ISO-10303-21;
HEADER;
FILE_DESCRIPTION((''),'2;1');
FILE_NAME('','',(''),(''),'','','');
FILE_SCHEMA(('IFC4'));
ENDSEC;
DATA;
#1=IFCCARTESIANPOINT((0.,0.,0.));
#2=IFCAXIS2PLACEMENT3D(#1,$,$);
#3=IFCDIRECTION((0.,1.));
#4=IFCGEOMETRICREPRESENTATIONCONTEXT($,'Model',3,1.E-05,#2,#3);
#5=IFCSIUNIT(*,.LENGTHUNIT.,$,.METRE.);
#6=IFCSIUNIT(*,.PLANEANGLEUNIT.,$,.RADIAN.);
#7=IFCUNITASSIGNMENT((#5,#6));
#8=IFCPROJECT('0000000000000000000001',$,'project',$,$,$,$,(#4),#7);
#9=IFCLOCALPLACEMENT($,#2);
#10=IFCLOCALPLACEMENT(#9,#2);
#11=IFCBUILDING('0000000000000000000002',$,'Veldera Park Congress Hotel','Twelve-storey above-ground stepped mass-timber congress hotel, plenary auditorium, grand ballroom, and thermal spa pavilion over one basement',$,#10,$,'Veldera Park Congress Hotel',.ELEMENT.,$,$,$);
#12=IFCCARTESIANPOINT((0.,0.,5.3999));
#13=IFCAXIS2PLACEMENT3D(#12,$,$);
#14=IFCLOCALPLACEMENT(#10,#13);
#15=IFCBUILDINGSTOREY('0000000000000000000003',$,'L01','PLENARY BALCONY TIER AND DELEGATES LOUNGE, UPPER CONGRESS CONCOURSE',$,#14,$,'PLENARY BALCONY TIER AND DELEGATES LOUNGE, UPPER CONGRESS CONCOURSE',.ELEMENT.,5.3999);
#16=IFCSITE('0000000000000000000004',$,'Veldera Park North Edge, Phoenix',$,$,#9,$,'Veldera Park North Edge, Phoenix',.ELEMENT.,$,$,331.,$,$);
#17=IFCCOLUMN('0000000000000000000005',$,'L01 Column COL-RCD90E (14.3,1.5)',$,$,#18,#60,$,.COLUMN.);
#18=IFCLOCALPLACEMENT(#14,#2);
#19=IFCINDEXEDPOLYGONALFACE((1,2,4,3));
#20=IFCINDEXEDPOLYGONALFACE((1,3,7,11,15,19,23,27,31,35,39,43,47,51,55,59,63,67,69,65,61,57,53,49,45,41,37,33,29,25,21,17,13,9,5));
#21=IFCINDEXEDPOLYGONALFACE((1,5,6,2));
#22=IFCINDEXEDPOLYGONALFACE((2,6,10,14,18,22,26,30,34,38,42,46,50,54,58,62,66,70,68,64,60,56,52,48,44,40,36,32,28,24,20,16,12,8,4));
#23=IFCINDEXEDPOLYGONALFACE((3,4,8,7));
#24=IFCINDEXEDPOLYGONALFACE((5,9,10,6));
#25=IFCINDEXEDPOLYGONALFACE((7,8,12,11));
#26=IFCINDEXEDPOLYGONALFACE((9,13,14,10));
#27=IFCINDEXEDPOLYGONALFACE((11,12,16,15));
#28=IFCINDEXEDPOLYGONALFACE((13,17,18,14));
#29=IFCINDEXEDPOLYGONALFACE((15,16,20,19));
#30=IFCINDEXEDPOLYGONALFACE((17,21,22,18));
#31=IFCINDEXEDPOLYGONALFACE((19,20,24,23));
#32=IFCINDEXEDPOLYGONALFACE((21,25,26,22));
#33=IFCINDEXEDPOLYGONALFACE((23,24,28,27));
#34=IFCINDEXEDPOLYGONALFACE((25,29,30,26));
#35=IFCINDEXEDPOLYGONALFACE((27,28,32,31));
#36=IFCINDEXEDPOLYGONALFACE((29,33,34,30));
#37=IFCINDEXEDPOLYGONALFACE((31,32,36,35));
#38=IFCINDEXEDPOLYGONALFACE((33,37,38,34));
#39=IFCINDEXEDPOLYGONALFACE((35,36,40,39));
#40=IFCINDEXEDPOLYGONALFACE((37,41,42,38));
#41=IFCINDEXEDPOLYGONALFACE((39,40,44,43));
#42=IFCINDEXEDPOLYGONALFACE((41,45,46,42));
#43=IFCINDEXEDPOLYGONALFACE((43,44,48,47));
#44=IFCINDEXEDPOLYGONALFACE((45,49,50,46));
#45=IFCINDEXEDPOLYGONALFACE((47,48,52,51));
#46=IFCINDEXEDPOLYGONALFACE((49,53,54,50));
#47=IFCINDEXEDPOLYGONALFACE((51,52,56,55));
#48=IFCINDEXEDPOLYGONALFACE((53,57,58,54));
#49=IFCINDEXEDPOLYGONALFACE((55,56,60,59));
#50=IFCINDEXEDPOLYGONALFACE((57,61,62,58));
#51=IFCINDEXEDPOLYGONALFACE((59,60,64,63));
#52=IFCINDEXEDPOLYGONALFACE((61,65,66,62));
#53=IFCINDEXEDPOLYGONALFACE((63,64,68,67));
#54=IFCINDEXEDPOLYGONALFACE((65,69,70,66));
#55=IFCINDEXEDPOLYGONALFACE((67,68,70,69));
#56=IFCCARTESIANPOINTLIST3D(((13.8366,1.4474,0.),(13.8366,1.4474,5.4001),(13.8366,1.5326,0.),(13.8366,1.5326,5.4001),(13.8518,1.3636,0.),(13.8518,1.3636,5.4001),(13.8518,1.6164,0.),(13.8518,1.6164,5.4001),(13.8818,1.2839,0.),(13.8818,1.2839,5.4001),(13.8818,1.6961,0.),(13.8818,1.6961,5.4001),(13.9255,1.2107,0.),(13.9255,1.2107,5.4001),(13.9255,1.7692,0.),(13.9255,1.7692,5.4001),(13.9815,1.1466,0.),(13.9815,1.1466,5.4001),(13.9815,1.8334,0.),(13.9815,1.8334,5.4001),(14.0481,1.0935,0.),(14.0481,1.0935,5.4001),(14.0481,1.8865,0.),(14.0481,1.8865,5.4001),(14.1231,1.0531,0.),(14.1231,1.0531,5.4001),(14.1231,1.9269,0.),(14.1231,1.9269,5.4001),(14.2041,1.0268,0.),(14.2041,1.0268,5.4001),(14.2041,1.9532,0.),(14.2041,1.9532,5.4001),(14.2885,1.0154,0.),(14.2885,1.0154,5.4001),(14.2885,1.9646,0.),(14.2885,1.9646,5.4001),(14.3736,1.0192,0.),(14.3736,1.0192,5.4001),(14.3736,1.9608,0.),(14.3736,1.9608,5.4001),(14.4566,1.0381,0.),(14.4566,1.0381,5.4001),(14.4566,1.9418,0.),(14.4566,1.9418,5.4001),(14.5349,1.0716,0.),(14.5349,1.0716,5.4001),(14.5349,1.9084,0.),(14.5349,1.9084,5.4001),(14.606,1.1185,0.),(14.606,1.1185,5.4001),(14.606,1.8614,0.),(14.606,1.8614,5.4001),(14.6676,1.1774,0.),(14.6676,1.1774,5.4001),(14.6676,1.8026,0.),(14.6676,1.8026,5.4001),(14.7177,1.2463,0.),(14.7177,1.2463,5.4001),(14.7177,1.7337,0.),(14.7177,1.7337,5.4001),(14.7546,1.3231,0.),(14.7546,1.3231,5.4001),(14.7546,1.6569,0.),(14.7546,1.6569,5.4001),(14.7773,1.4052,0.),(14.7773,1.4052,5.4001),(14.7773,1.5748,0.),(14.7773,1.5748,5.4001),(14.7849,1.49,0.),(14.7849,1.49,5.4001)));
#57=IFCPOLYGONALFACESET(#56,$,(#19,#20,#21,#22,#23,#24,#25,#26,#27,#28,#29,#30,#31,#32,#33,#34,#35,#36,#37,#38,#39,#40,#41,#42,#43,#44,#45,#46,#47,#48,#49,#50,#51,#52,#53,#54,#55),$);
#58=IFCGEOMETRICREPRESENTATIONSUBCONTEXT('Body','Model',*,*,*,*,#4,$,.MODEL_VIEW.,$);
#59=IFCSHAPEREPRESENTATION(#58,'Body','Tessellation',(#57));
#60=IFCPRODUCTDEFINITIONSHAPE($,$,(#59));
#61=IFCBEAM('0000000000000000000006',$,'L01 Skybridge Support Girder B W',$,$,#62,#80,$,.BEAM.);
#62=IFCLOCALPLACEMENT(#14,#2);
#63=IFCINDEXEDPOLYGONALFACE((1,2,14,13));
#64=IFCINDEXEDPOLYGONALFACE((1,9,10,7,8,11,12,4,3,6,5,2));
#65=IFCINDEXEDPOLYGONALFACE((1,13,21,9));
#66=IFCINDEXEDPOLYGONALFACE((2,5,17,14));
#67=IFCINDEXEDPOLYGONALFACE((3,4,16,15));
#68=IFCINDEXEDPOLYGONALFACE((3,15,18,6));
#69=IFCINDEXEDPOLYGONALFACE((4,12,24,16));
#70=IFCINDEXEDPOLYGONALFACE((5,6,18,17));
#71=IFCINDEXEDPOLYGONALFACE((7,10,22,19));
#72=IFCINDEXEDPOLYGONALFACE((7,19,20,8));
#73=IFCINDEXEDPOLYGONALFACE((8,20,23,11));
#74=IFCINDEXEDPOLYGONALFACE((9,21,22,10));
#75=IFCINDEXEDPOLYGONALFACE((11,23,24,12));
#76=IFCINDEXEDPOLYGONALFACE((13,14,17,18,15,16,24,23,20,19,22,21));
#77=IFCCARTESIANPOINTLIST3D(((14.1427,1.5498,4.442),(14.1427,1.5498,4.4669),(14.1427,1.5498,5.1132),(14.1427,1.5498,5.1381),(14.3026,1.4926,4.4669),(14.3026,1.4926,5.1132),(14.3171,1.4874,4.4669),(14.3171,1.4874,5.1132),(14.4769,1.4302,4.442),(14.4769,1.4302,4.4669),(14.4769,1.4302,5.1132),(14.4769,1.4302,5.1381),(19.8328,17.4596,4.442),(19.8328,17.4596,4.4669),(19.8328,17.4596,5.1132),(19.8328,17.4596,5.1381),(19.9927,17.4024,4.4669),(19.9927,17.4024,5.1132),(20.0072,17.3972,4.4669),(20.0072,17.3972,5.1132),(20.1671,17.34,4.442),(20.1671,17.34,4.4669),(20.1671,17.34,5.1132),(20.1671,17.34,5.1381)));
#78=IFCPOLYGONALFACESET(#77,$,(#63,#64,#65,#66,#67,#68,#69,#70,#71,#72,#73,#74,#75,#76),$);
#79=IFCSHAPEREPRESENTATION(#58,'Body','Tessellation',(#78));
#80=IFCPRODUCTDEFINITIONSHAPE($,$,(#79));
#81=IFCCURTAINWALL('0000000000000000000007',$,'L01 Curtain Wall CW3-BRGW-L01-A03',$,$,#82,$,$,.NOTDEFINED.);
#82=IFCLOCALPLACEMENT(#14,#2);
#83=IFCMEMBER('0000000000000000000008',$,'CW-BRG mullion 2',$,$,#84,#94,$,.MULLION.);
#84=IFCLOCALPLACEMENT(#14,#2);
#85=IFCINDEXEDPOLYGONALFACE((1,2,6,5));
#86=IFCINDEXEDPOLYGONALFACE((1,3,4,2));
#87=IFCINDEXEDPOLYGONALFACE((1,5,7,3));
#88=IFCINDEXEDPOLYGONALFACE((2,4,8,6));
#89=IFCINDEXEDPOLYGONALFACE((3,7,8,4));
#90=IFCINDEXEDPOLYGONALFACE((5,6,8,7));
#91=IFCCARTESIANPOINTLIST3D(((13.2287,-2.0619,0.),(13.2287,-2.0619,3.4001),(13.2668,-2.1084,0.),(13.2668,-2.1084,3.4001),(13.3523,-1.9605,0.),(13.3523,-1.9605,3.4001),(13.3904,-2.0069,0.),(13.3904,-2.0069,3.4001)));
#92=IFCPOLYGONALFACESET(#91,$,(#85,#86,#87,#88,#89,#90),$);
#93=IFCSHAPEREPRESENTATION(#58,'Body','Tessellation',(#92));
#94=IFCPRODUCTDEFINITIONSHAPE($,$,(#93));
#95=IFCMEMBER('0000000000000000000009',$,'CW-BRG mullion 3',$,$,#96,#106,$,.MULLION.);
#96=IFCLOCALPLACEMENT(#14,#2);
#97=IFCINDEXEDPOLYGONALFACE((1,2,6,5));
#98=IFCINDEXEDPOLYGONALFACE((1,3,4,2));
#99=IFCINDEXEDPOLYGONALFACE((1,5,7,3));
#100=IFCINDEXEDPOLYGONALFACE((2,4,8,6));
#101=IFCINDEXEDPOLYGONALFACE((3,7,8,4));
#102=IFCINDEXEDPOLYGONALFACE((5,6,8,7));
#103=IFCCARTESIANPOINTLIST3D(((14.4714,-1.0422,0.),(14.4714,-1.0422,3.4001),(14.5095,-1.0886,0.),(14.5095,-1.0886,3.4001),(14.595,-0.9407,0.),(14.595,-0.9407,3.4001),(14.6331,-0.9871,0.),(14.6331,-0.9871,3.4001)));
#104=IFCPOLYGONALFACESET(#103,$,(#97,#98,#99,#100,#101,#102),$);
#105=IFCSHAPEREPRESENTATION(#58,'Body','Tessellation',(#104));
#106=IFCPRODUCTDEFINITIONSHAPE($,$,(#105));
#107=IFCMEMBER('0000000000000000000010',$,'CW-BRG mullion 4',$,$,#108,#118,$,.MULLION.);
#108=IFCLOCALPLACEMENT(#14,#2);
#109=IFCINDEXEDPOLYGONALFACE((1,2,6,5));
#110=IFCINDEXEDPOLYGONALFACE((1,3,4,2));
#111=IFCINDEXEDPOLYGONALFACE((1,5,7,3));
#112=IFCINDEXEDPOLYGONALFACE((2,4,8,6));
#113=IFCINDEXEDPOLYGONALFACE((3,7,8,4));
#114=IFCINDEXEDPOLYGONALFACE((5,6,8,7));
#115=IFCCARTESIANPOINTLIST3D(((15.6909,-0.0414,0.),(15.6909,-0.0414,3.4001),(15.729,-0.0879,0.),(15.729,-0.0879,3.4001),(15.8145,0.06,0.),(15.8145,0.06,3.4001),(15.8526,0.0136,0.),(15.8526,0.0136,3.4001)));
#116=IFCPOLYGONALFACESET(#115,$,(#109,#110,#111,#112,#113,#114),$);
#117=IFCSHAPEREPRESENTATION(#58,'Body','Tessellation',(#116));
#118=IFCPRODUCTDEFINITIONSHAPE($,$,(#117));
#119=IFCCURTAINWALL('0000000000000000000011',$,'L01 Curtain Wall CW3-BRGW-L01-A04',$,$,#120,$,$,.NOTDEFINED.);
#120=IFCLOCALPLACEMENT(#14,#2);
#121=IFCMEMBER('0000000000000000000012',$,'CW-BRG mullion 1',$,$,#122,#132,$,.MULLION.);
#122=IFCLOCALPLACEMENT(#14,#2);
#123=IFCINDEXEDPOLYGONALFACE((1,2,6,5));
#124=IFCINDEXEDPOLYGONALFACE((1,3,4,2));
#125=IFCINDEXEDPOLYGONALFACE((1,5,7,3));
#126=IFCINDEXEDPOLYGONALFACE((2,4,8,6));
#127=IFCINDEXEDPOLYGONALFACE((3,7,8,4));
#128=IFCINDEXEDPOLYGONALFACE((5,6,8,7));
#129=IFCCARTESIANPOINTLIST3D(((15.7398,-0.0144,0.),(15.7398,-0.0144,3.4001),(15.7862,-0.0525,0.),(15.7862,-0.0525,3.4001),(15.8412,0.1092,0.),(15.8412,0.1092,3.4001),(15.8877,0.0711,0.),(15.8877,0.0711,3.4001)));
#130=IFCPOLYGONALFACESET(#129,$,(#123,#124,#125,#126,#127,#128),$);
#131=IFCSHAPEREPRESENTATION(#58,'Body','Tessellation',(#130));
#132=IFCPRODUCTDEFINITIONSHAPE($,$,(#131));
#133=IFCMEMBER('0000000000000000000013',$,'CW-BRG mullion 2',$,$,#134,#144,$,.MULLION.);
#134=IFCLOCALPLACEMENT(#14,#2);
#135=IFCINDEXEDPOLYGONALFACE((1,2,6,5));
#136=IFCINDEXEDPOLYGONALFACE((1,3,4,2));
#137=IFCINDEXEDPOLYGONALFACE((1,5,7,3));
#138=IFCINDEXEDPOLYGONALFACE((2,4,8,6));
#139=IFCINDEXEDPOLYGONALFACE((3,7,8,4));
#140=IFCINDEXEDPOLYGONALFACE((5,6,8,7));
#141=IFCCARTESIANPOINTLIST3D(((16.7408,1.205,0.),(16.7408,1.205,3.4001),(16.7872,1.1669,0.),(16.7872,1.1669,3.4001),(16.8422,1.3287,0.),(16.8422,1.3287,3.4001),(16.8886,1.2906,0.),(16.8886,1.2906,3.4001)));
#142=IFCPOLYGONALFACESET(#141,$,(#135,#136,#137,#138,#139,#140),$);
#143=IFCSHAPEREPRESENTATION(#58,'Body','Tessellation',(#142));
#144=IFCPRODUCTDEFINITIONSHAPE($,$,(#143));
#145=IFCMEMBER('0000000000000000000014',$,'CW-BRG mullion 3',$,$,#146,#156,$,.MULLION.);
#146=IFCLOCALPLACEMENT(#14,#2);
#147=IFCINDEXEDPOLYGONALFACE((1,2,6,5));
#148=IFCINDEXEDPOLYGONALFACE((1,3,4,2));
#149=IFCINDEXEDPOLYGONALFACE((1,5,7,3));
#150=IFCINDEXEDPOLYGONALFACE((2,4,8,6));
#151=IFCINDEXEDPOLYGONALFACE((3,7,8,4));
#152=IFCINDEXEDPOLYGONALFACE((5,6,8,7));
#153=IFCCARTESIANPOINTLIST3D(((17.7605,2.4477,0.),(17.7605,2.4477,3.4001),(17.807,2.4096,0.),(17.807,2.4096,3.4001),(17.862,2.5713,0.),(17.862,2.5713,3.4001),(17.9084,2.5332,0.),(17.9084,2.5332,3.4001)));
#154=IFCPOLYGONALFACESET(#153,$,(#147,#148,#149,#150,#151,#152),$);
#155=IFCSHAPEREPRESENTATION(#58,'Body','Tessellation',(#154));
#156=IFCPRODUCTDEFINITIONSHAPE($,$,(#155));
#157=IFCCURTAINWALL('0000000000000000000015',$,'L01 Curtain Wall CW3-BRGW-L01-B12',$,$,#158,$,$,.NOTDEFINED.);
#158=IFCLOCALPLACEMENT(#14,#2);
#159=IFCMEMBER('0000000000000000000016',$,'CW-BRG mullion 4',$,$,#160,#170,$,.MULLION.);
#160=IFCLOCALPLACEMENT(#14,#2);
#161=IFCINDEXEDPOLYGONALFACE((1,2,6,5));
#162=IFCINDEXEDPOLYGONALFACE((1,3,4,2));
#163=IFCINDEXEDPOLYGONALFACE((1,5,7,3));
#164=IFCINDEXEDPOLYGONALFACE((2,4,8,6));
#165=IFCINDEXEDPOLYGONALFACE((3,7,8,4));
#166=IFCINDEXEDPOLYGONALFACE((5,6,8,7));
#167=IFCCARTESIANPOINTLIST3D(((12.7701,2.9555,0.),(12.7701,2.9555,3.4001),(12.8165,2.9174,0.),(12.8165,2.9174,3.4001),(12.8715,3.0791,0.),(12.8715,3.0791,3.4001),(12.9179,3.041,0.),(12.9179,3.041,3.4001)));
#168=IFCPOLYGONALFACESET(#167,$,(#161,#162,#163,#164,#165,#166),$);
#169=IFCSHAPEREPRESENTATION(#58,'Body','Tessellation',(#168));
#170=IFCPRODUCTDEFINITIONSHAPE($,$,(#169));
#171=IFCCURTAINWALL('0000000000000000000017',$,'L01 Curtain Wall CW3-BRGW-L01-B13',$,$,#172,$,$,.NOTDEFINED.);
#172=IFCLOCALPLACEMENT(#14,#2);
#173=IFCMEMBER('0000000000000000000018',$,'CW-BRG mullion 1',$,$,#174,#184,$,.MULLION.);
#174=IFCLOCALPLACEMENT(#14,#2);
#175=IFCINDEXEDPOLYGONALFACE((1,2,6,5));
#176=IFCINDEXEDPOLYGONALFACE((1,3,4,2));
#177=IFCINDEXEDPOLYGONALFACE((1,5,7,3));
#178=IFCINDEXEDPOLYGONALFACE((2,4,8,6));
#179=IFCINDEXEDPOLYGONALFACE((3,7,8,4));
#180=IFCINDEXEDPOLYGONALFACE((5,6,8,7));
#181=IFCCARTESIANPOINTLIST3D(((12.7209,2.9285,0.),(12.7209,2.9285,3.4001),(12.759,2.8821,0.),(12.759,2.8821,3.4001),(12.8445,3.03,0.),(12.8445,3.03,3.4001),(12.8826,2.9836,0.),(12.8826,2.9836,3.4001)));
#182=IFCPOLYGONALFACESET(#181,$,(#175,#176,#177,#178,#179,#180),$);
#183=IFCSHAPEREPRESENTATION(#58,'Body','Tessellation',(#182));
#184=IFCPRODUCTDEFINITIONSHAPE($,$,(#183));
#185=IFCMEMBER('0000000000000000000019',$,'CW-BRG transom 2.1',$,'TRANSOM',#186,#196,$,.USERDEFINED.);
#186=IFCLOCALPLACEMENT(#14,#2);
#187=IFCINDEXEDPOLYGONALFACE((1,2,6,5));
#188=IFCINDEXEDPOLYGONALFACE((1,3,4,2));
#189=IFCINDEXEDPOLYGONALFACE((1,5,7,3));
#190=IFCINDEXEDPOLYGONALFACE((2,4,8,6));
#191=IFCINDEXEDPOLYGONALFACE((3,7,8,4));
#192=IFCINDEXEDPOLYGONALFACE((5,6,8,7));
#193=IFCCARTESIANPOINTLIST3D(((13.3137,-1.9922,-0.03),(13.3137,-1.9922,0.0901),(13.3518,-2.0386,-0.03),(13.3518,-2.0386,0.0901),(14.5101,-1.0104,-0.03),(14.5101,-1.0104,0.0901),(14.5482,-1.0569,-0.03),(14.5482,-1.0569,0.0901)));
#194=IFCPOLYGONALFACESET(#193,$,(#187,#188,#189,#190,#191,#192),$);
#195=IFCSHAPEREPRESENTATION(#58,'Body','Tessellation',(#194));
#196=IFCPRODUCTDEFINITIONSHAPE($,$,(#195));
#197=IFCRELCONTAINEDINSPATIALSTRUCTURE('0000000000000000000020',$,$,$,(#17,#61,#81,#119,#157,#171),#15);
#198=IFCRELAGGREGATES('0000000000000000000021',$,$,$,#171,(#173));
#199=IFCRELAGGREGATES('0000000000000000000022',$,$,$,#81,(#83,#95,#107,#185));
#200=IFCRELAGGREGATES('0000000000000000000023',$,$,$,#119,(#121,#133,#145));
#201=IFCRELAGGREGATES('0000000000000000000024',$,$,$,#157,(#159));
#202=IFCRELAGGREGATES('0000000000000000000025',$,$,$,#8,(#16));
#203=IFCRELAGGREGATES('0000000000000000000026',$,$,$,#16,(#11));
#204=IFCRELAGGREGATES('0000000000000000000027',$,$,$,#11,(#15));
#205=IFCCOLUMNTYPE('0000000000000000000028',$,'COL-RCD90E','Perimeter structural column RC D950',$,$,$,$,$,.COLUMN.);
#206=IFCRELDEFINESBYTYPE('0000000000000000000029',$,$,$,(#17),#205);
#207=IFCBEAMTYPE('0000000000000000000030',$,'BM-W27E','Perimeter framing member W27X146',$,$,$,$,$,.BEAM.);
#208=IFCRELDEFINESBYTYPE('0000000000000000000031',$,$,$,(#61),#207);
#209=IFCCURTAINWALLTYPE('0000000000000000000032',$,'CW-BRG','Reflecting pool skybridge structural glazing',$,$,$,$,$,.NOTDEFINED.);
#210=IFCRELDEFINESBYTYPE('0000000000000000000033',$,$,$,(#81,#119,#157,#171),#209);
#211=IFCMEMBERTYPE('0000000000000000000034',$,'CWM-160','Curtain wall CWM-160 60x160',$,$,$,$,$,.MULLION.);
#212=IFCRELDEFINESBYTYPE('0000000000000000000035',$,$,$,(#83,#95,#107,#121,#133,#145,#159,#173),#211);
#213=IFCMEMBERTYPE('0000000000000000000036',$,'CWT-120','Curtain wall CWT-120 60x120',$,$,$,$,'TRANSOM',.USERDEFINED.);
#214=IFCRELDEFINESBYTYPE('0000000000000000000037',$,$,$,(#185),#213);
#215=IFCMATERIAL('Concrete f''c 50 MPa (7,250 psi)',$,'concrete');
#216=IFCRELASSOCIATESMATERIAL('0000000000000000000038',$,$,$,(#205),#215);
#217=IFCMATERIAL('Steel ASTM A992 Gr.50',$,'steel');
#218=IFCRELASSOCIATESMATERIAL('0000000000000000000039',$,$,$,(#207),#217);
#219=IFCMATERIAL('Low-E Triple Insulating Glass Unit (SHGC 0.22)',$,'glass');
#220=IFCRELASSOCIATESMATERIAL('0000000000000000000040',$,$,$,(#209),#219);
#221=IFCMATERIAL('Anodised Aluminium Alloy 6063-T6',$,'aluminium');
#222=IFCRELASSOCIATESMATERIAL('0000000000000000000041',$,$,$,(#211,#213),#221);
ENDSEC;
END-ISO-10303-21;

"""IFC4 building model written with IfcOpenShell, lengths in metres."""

from ifc_helpers import new_model, si_unit, direction, frame, origin, origin_2d, place, context, subcontext, project, spatial, rectangle, circle, i_section, extrude, material, material_profile, profile_set, type_object, element, aggregate, save


model = new_model("IFC4")

# Units and contexts
model_context = context("Model", 3, precision=1e-05, world=origin(), true_north=direction((0.0, 1.0)))
body_context = subcontext(model_context, "Body", "Model", "MODEL_VIEW")
ifc_project = project(units=[si_unit("LENGTHUNIT", "METRE"), si_unit("PLANEANGLEUNIT", "RADIAN")], contexts=[model_context])

# Site, building, storey
site_placement = place(None, origin())
site = spatial("IfcSite", under=ifc_project, at=site_placement, Name="Veldera Park North Edge, Phoenix", LongName="Veldera Park North Edge, Phoenix", CompositionType="ELEMENT", RefElevation=331.0)
building_placement = place(site_placement, origin())
building = spatial("IfcBuilding", under=site, at=building_placement, Name="Veldera Park Congress Hotel", Description="Twelve-storey above-ground stepped mass-timber congress hotel, plenary auditorium, grand ballroom, and thermal spa pavilion over one basement", LongName="Veldera Park Congress Hotel", CompositionType="ELEMENT")
storey_placement = place(building_placement, frame((0.0, 0.0, 5.3999)))
storey = spatial("IfcBuildingStorey", under=building, at=storey_placement, Name="L01", Description="PLENARY BALCONY TIER AND DELEGATES LOUNGE, UPPER CONGRESS CONCOURSE", LongName="PLENARY BALCONY TIER AND DELEGATES LOUNGE, UPPER CONGRESS CONCOURSE", CompositionType="ELEMENT", Elevation=5.3999)

# Column
ifc_material_1 = material(Name="Concrete f'c 50 MPa (7,250 psi)", Category="concrete")
ifc_material_profile_1 = material_profile(ifc_material_1, circle(Radius=0.4751, at=origin_2d()), Name="RC D950")
ifc_profile_set_1 = profile_set([ifc_material_profile_1], Name="Concrete f'c 50 MPa (7,250 psi)")
column_type = type_object("IfcColumnType", Name="COL-RCD90E", Description="Perimeter structural column RC D950", PredefinedType="COLUMN", material=ifc_profile_set_1)
column_placement = place(storey_placement, frame((14.3098, 1.49, 0.0), z_axis=(0.0, 0.0, 1.0), x_axis=(1.0, 0.0, 0.0)))
element("IfcColumn", 1, at=column_placement, inside=storey, type_object=column_type, Name="L01 Column COL-RCD90E (14.3,1.5)", PredefinedType="COLUMN", context=body_context, shape_type="SweptSolid", body=[
    extrude(circle(Radius=0.4751, at=origin_2d()), origin(), (0.0, 0.0, 1.0), 5.4001),
])

# Beam
ifc_material_2 = material(Name="Steel ASTM A992 Gr.50", Category="steel")
ifc_material_profile_2 = material_profile(ifc_material_2, i_section(OverallWidth=0.355, OverallDepth=0.696, WebThickness=0.0154, FlangeThickness=0.0249, at=origin_2d()), Name="W27X146")
ifc_profile_set_2 = profile_set([ifc_material_profile_2], Name="Steel ASTM A992 Gr.50")
beam_type = type_object("IfcBeamType", Name="BM-W27E", Description="Perimeter framing member W27X146", PredefinedType="BEAM", material=ifc_profile_set_2)
beam_placement = place(storey_placement, frame((14.3098, 1.49, 4.79), z_axis=(0.33676, 0.94159, 0.0), x_axis=(-0.94159, 0.33676, 0.0)))
element("IfcBeam", 2, at=beam_placement, inside=storey, type_object=beam_type, Name="L01 Skybridge Support Girder B W", PredefinedType="BEAM", context=body_context, shape_type="SweptSolid", body=[
    extrude(i_section(OverallWidth=0.355, OverallDepth=0.696, WebThickness=0.0154, FlangeThickness=0.0249, at=origin_2d()), origin(), (0.0, 0.0, 1.0), 16.8967),
])

# Curtain walls, members
ifc_material_3 = material(Name="Low-E Triple Insulating Glass Unit (SHGC 0.22)", Category="glass")
curtain_wall_type = type_object("IfcCurtainWallType", Name="CW-BRG", Description="Reflecting pool skybridge structural glazing", PredefinedType="NOTDEFINED", material=ifc_material_3)
curtain_wall_1_placement = place(storey_placement, origin())
curtain_wall_1 = element("IfcCurtainWall", 3, at=curtain_wall_1_placement, inside=storey, type_object=curtain_wall_type, Name="L01 Curtain Wall CW3-BRGW-L01-A03", PredefinedType="NOTDEFINED")
ifc_material_4 = material(Name="Anodised Aluminium Alloy 6063-T6", Category="aluminium")
ifc_material_profile_3 = material_profile(ifc_material_4, rectangle(XDim=0.0601, YDim=0.1599, at=origin_2d()), Name="ALU 60x160")
ifc_profile_set_3 = profile_set([ifc_material_profile_3], Name="Anodised Aluminium Alloy 6063-T6")
member_type_1 = type_object("IfcMemberType", Name="CWM-160", Description="Curtain wall CWM-160 60x160", PredefinedType="MULLION", material=ifc_profile_set_3)
member_1_placement = place(storey_placement, frame((13.3096, -2.0344, 0.0), z_axis=(0.0, 0.0, 1.0), x_axis=(-0.634402, 0.773003, 0.0)))
member_1 = element("IfcMember", 4, at=member_1_placement, type_object=member_type_1, Name="CW-BRG mullion 2", PredefinedType="MULLION", context=body_context, shape_type="SweptSolid", body=[
    extrude(rectangle(XDim=0.0601, YDim=0.1599, at=origin_2d()), origin(), (0.0, 0.0, 1.0), 3.4001),
])
member_2_placement = place(storey_placement, frame((14.5522, -1.0146, 0.0), z_axis=(0.0, 0.0, 1.0), x_axis=(-0.634402, 0.773003, 0.0)))
member_2 = element("IfcMember", 5, at=member_2_placement, type_object=member_type_1, Name="CW-BRG mullion 3", PredefinedType="MULLION", context=body_context, shape_type="SweptSolid", body=[
    extrude(rectangle(XDim=0.0601, YDim=0.1599, at=origin_2d()), origin(), (0.0, 0.0, 1.0), 3.4001),
])
member_3_placement = place(storey_placement, frame((15.7717, -0.0139, 0.0), z_axis=(0.0, 0.0, 1.0), x_axis=(-0.634402, 0.773003, 0.0)))
member_3 = element("IfcMember", 6, at=member_3_placement, type_object=member_type_1, Name="CW-BRG mullion 4", PredefinedType="MULLION", context=body_context, shape_type="SweptSolid", body=[
    extrude(rectangle(XDim=0.0601, YDim=0.1599, at=origin_2d()), origin(), (0.0, 0.0, 1.0), 3.4001),
])
curtain_wall_2_placement = place(storey_placement, origin())
curtain_wall_2 = element("IfcCurtainWall", 7, at=curtain_wall_2_placement, inside=storey, type_object=curtain_wall_type, Name="L01 Curtain Wall CW3-BRGW-L01-A04", PredefinedType="NOTDEFINED")
member_4_placement = place(storey_placement, frame((15.8137, 0.0283, 0.0), z_axis=(0.0, 0.0, 1.0), x_axis=(-0.773003, 0.634402, 0.0)))
member_4 = element("IfcMember", 8, at=member_4_placement, type_object=member_type_1, Name="CW-BRG mullion 1", PredefinedType="MULLION", context=body_context, shape_type="SweptSolid", body=[
    extrude(rectangle(XDim=0.0601, YDim=0.1599, at=origin_2d()), origin(), (0.0, 0.0, 1.0), 3.4001),
])
member_5_placement = place(storey_placement, frame((16.8147, 1.2478, 0.0), z_axis=(0.0, 0.0, 1.0), x_axis=(-0.773003, 0.634402, 0.0)))
member_5 = element("IfcMember", 9, at=member_5_placement, type_object=member_type_1, Name="CW-BRG mullion 2", PredefinedType="MULLION", context=body_context, shape_type="SweptSolid", body=[
    extrude(rectangle(XDim=0.0601, YDim=0.1599, at=origin_2d()), origin(), (0.0, 0.0, 1.0), 3.4001),
])
member_6_placement = place(storey_placement, frame((17.8345, 2.4905, 0.0), z_axis=(0.0, 0.0, 1.0), x_axis=(-0.773003, 0.634402, 0.0)))
member_6 = element("IfcMember", 10, at=member_6_placement, type_object=member_type_1, Name="CW-BRG mullion 3", PredefinedType="MULLION", context=body_context, shape_type="SweptSolid", body=[
    extrude(rectangle(XDim=0.0601, YDim=0.1599, at=origin_2d()), origin(), (0.0, 0.0, 1.0), 3.4001),
])

# Curtain walls, members
curtain_wall_3_placement = place(storey_placement, origin())
curtain_wall_3 = element("IfcCurtainWall", 11, at=curtain_wall_3_placement, inside=storey, type_object=curtain_wall_type, Name="L01 Curtain Wall CW3-BRGW-L01-B12", PredefinedType="NOTDEFINED")
member_7_placement = place(storey_placement, frame((12.844, 2.9983, 0.0), z_axis=(0.0, 0.0, 1.0), x_axis=(0.773016, -0.634386, 0.0)))
member_7 = element("IfcMember", 12, at=member_7_placement, type_object=member_type_1, Name="CW-BRG mullion 4", PredefinedType="MULLION", context=body_context, shape_type="SweptSolid", body=[
    extrude(rectangle(XDim=0.0601, YDim=0.1599, at=origin_2d()), origin(), (0.0, 0.0, 1.0), 3.4001),
])
curtain_wall_4_placement = place(storey_placement, origin())
curtain_wall_4 = element("IfcCurtainWall", 13, at=curtain_wall_4_placement, inside=storey, type_object=curtain_wall_type, Name="L01 Curtain Wall CW3-BRGW-L01-B13", PredefinedType="NOTDEFINED")
member_8_placement = place(storey_placement, frame((12.8018, 2.9561, 0.0), z_axis=(0.0, 0.0, 1.0), x_axis=(0.634386, -0.773016, 0.0)))
member_8 = element("IfcMember", 14, at=member_8_placement, type_object=member_type_1, Name="CW-BRG mullion 1", PredefinedType="MULLION", context=body_context, shape_type="SweptSolid", body=[
    extrude(rectangle(XDim=0.0601, YDim=0.1599, at=origin_2d()), origin(), (0.0, 0.0, 1.0), 3.4001),
])
aggregate(curtain_wall_4, [member_8])

# Member
ifc_material_profile_4 = material_profile(ifc_material_4, rectangle(XDim=0.0601, YDim=0.1201, at=origin_2d()), Name="ALU 60x120")
ifc_profile_set_4 = profile_set([ifc_material_profile_4], Name="Anodised Aluminium Alloy 6063-T6")
member_type_2 = type_object("IfcMemberType", Name="CWT-120", Description="Curtain wall CWT-120 60x120", ElementType="TRANSOM", PredefinedType="USERDEFINED", material=ifc_profile_set_4)
member_9_placement = place(storey_placement, frame((13.3328, -2.0154, 0.03), z_axis=(0.773036, 0.634363, 0.0), x_axis=(-0.634363, 0.773036, 0.0)))
member_9 = element("IfcMember", 15, at=member_9_placement, type_object=member_type_2, Name="CW-BRG transom 2.1", ObjectType="TRANSOM", PredefinedType="USERDEFINED", context=body_context, shape_type="SweptSolid", body=[
    extrude(rectangle(XDim=0.0601, YDim=0.1201, at=origin_2d()), origin(), (0.0, 0.0, 1.0), 1.5476),
])

aggregate(curtain_wall_1, [member_1, member_2, member_3, member_9])
aggregate(curtain_wall_2, [member_4, member_5, member_6])
aggregate(curtain_wall_3, [member_7])

save(model, "model.ifc")
